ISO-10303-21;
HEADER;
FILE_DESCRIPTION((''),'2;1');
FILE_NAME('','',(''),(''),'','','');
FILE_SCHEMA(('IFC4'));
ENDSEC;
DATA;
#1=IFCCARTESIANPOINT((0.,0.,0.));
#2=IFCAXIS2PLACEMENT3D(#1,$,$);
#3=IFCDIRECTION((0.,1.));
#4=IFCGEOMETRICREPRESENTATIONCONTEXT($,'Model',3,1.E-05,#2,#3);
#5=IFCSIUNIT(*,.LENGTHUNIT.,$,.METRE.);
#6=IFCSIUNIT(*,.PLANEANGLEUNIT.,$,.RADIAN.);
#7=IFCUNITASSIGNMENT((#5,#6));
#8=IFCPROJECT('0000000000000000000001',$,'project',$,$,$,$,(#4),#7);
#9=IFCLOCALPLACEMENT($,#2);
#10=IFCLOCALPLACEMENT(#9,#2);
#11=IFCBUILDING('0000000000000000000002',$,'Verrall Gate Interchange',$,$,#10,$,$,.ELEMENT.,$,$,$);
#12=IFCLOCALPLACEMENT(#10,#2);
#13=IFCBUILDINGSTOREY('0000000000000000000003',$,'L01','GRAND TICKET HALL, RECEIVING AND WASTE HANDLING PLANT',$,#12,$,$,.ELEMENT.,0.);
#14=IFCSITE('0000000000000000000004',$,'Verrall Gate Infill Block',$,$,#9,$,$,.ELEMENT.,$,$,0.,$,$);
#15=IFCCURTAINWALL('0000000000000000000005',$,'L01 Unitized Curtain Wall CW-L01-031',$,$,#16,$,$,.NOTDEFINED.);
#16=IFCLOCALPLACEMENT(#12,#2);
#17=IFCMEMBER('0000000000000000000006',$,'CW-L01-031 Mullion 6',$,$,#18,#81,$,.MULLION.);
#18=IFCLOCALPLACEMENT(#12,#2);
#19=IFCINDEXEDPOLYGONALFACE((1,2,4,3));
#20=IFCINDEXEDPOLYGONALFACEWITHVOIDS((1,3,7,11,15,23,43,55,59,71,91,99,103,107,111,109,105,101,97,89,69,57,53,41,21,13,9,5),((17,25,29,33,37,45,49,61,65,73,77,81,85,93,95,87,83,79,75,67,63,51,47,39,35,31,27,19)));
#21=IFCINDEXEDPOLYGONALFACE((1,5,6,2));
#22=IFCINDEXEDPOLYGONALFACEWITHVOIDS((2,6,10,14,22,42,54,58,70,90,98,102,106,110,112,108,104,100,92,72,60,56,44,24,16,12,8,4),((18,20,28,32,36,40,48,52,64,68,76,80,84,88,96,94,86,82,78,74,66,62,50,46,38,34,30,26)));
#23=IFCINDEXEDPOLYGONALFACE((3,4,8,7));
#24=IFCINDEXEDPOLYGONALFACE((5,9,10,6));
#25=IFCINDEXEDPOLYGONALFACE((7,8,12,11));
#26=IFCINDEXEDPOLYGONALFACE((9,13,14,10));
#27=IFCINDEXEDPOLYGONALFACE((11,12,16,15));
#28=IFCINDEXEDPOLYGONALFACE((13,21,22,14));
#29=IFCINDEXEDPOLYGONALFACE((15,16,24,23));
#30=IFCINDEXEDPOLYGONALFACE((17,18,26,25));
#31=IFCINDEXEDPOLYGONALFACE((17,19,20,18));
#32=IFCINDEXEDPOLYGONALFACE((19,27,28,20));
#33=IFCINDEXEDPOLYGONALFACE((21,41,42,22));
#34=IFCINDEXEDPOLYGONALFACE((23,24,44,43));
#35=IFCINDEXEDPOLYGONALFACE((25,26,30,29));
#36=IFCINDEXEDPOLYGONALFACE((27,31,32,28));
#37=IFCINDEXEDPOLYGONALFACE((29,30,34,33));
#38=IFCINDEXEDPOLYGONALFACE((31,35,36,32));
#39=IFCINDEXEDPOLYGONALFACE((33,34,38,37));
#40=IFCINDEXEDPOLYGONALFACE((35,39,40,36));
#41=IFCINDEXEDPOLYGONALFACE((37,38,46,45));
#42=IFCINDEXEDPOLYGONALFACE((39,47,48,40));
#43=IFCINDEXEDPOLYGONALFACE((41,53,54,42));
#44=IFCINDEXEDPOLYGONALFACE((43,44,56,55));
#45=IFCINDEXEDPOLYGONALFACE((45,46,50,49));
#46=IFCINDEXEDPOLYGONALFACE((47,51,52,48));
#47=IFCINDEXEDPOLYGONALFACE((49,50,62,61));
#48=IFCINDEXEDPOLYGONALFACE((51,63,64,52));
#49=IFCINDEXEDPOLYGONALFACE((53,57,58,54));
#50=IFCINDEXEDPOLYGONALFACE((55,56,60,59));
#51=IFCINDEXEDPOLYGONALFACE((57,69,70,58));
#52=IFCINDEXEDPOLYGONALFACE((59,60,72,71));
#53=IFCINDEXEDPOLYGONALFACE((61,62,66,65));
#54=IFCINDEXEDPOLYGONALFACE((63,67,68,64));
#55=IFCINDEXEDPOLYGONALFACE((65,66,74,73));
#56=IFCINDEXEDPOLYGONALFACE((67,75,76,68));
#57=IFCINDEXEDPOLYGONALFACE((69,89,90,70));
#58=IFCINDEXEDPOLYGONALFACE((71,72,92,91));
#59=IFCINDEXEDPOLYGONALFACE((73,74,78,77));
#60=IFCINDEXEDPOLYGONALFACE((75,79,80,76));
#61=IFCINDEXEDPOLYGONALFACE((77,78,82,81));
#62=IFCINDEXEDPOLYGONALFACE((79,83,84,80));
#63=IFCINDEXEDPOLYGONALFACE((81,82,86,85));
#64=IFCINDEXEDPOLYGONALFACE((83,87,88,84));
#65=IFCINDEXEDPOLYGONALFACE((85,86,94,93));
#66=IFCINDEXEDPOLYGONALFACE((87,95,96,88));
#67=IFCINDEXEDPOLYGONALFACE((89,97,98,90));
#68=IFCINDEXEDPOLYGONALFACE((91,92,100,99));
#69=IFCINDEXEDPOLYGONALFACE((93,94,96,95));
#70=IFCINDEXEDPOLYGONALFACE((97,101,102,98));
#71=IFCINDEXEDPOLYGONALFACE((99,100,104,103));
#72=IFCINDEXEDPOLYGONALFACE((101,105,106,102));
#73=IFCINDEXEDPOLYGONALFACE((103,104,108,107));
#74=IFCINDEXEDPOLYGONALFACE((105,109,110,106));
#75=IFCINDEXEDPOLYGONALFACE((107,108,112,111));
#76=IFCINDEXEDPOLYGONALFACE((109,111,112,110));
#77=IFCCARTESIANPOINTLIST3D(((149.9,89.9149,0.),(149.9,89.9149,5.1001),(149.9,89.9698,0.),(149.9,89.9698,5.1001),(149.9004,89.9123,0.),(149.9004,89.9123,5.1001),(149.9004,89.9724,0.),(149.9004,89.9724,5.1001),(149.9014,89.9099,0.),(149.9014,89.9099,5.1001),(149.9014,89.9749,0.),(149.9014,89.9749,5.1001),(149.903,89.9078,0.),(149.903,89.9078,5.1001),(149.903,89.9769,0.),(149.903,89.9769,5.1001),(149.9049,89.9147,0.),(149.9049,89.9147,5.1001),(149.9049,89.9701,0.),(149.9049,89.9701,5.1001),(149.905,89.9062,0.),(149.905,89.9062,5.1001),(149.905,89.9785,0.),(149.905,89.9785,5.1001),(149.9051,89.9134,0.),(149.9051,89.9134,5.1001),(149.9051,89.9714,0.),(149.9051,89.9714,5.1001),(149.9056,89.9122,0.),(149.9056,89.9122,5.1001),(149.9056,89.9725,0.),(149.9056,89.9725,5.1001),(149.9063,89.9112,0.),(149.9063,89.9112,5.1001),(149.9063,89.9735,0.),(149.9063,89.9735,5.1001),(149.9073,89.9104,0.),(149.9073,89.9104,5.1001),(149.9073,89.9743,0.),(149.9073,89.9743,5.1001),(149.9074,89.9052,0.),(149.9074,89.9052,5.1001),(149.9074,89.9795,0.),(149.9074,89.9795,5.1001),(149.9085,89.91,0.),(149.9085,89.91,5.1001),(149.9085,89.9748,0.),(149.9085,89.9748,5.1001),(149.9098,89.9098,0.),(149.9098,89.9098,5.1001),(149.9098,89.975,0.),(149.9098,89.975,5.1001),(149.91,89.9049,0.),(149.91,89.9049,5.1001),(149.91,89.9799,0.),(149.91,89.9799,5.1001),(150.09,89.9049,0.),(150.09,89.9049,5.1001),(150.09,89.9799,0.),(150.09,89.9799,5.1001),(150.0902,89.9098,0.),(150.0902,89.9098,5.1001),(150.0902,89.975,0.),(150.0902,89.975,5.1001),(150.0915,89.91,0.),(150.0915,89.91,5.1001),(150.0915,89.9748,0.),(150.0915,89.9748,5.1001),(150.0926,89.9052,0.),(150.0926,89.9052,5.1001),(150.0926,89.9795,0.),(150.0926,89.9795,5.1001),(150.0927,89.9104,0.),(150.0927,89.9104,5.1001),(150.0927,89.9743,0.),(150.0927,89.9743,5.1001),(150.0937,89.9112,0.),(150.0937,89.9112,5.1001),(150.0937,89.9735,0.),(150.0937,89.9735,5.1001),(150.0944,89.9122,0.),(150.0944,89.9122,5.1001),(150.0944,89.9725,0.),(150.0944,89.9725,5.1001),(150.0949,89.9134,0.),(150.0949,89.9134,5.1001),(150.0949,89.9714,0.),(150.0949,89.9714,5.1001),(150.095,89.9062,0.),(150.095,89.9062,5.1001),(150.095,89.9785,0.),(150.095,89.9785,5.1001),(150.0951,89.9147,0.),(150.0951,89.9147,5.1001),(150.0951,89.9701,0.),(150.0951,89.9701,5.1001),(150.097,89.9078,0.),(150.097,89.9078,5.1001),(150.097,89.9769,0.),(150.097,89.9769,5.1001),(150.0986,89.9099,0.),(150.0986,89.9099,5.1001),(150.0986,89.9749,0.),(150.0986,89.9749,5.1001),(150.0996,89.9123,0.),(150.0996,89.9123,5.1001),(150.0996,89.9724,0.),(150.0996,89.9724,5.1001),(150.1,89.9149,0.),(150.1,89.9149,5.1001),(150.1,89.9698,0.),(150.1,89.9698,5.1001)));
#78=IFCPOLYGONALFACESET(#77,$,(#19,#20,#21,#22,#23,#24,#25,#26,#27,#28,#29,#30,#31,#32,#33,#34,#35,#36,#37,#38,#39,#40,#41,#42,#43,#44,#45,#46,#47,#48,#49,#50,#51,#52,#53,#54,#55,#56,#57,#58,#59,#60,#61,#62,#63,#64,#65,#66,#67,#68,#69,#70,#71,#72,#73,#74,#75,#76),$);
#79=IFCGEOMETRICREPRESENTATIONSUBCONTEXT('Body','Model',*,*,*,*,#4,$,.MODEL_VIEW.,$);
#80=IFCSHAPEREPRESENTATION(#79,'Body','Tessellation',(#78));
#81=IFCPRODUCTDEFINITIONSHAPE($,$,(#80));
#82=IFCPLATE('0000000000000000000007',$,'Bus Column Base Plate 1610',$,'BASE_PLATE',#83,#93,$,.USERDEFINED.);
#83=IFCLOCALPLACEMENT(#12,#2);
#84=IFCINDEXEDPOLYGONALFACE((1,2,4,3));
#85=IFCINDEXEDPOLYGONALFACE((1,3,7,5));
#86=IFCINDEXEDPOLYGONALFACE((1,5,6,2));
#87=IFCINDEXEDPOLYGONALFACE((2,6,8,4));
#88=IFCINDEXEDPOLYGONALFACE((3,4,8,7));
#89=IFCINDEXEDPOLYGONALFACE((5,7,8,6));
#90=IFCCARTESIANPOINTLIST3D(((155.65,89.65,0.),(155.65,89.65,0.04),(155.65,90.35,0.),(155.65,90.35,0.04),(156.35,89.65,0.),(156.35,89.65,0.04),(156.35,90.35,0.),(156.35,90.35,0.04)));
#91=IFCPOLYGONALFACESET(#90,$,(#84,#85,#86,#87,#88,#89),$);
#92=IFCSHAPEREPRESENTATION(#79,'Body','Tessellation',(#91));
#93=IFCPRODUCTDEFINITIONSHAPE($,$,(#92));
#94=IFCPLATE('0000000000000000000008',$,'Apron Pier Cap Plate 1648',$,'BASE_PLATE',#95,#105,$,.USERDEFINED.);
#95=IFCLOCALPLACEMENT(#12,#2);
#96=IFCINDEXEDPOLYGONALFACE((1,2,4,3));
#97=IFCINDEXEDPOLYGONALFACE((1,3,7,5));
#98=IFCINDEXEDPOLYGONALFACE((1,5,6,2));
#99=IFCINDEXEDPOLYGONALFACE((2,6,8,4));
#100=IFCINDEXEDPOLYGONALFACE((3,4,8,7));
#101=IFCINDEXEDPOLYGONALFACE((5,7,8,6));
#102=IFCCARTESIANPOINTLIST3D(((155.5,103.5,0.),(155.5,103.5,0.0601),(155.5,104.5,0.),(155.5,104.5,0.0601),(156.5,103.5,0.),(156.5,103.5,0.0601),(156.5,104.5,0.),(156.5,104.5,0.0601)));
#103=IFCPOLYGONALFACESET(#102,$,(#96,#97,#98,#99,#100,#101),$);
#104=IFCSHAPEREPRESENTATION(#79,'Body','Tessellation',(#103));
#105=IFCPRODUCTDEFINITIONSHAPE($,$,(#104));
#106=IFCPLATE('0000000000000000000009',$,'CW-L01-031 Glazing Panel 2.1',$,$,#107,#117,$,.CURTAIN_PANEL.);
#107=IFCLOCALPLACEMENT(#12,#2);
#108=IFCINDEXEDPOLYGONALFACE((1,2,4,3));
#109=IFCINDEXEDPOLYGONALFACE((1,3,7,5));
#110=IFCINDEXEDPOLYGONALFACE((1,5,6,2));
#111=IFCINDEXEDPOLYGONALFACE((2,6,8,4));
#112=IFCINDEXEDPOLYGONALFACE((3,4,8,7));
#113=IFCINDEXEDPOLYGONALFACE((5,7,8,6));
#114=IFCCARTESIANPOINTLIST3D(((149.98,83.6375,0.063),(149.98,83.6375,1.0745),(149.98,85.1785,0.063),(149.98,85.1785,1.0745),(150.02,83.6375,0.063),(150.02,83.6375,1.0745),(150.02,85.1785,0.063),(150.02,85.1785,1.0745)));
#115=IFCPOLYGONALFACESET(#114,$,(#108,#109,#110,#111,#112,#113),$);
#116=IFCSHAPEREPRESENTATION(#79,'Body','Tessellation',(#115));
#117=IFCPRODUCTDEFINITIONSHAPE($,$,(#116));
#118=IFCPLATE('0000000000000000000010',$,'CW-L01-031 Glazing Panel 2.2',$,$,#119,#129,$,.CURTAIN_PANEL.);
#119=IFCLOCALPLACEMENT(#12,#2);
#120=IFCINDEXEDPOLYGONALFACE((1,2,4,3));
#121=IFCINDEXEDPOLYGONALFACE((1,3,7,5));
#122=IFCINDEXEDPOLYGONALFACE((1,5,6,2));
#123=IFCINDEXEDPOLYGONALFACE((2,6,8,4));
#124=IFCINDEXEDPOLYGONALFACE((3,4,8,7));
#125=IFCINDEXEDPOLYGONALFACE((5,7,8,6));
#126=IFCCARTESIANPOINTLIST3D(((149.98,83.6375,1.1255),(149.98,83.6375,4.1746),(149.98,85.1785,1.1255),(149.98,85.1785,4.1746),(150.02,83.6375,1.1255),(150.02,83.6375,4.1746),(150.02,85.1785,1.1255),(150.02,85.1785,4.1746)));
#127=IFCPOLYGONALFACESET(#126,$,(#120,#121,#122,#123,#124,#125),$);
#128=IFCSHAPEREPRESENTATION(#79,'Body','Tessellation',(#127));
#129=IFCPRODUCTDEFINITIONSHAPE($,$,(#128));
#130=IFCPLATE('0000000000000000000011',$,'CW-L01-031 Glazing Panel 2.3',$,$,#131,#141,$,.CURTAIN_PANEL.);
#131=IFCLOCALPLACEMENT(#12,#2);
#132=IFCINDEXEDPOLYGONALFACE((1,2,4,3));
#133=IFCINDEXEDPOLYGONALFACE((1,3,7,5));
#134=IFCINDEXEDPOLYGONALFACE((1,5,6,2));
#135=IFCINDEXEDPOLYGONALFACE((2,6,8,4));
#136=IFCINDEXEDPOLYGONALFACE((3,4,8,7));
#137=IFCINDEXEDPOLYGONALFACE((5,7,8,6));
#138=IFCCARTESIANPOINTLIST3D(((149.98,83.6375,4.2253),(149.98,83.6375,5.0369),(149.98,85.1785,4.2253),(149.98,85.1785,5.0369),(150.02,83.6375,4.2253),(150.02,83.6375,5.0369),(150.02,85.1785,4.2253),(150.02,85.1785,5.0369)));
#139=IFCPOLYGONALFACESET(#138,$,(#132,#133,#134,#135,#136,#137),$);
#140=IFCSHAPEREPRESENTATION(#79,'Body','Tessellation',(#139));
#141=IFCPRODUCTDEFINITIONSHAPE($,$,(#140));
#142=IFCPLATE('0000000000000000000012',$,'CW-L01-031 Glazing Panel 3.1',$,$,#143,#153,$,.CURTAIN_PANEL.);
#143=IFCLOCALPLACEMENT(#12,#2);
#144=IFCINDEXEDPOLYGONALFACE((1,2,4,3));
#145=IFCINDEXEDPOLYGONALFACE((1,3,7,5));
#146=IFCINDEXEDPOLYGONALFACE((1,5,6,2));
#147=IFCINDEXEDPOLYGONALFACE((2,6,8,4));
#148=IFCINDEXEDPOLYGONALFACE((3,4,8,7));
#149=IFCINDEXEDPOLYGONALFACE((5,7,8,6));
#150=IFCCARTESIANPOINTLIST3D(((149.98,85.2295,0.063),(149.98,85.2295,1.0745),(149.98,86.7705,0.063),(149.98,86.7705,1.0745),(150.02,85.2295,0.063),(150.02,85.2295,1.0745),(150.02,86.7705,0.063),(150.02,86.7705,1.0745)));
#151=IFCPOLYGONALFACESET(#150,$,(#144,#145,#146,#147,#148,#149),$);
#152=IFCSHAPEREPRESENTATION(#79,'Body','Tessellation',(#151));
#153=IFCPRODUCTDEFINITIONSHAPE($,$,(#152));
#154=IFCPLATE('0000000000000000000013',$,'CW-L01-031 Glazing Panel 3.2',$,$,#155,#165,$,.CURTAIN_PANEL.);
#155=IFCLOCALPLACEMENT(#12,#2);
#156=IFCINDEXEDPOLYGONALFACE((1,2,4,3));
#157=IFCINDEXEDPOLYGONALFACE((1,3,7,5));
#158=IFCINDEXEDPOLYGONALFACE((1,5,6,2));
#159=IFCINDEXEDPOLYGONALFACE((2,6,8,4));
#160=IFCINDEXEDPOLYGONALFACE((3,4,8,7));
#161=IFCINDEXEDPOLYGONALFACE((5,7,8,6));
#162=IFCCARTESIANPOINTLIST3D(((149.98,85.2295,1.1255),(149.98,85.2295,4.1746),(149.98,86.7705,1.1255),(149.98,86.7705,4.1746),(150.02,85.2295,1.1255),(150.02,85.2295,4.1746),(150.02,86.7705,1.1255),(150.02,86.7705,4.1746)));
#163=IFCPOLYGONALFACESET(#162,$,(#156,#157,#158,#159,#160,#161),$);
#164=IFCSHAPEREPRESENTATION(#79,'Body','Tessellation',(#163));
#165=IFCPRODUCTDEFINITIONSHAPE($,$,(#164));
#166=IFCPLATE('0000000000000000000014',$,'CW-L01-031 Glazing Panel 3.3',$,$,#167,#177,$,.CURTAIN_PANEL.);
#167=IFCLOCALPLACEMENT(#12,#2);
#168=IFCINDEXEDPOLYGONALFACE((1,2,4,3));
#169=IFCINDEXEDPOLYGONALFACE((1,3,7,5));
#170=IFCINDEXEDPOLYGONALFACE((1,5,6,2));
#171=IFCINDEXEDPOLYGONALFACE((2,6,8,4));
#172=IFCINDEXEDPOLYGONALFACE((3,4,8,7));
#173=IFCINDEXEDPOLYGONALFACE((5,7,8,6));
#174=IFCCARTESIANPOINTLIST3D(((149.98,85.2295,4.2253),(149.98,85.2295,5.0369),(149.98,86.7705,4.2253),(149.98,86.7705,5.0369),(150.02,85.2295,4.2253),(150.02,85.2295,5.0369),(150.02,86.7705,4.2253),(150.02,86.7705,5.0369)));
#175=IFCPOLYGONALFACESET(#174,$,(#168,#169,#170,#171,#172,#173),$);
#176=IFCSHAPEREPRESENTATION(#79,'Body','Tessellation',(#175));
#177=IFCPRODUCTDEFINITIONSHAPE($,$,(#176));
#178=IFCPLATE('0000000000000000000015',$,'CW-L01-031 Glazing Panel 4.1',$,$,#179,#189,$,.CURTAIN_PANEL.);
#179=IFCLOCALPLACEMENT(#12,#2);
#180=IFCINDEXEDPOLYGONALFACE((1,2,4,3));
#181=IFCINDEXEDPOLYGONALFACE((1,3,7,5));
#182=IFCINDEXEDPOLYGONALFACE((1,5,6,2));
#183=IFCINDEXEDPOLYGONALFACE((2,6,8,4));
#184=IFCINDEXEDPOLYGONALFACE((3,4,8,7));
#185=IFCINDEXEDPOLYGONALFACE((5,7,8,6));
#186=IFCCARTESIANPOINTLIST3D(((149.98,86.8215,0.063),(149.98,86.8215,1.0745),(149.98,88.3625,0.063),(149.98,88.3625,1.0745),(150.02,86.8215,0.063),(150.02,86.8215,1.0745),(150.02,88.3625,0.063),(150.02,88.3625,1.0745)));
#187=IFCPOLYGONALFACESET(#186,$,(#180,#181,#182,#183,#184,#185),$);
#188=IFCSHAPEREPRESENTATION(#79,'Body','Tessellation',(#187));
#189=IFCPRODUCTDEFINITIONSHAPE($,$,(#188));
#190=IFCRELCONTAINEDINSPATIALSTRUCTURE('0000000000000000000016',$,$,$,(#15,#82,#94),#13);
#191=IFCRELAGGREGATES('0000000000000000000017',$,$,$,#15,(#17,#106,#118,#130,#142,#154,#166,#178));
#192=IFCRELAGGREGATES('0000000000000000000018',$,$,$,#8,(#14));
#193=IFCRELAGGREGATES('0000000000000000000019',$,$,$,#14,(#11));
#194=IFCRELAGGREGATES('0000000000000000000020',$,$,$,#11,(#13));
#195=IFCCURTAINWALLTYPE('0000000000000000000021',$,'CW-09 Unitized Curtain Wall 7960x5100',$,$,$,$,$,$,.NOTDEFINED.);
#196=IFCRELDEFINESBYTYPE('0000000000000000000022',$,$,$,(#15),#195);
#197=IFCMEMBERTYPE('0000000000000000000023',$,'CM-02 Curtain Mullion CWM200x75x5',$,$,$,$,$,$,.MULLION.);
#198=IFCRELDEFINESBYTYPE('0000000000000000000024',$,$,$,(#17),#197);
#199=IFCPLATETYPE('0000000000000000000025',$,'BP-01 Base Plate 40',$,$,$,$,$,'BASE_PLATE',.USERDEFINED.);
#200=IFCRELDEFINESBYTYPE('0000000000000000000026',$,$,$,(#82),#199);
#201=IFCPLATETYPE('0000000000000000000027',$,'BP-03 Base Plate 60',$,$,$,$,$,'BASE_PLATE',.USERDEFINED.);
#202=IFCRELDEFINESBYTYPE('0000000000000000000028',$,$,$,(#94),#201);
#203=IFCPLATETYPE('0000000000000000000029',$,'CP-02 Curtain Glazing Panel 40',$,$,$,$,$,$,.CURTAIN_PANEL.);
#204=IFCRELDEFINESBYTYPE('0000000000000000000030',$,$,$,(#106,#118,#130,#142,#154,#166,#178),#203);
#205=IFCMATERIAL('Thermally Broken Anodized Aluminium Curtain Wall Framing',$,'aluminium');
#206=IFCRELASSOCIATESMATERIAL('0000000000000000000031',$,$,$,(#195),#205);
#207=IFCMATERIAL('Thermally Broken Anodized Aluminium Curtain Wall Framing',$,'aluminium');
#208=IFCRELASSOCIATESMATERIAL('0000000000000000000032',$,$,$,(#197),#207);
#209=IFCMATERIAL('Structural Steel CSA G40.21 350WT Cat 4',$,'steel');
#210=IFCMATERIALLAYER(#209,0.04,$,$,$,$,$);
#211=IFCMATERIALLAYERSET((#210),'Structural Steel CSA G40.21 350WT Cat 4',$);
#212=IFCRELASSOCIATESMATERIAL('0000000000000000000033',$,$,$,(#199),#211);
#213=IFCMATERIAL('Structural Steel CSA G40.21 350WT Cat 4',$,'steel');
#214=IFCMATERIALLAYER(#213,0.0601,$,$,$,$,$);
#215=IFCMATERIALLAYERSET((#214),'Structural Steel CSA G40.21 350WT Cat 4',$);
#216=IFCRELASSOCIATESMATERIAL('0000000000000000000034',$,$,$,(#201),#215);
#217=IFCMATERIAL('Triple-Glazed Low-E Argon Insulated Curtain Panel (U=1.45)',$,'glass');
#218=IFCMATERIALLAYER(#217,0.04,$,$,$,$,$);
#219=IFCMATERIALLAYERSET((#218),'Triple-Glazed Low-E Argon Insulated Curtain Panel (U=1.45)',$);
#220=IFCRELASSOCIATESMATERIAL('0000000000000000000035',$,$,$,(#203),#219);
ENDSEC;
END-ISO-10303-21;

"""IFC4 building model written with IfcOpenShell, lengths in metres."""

from ifc_helpers import new_model, si_unit, direction, frame, origin, origin_2d, place, context, subcontext, project, spatial, rectangle, hollow_rectangle, extrude, material, layer, layer_set, material_profile, profile_set, type_object, element, aggregate, save


model = new_model("IFC4")

# Units and contexts
model_context = context("Model", 3, precision=1e-05, world=origin(), true_north=direction((0.0, 1.0)))
body_context = subcontext(model_context, "Body", "Model", "MODEL_VIEW")
ifc_project = project(units=[si_unit("LENGTHUNIT", "METRE"), si_unit("PLANEANGLEUNIT", "RADIAN")], contexts=[model_context])

# Site, building, storey
site_placement = place(None, origin())
site = spatial("IfcSite", under=ifc_project, at=site_placement, Name="Verrall Gate Infill Block", CompositionType="ELEMENT", RefElevation=0.0)
building_placement = place(site_placement, origin())
building = spatial("IfcBuilding", under=site, at=building_placement, Name="Verrall Gate Interchange", CompositionType="ELEMENT")
storey_placement = place(building_placement, origin())
storey = spatial("IfcBuildingStorey", under=building, at=storey_placement, Name="L01", Description="GRAND TICKET HALL, RECEIVING AND WASTE HANDLING PLANT", CompositionType="ELEMENT", Elevation=0.0)

# Curtain wall, member
ifc_material_1 = material(Name="Thermally Broken Anodized Aluminium Curtain Wall Framing", Category="aluminium")
curtain_wall_type = type_object("IfcCurtainWallType", Name="CW-09 Unitized Curtain Wall 7960x5100", PredefinedType="NOTDEFINED", material=ifc_material_1)
curtain_wall_placement = place(storey_placement, origin())
curtain_wall = element("IfcCurtainWall", 1, at=curtain_wall_placement, inside=storey, type_object=curtain_wall_type, Name="L01 Unitized Curtain Wall CW-L01-031", PredefinedType="NOTDEFINED")
ifc_material_2 = material(Name="Thermally Broken Anodized Aluminium Curtain Wall Framing", Category="aluminium")
ifc_material_profile_1 = material_profile(ifc_material_2, hollow_rectangle(XDim=0.075, YDim=0.2, WallThickness=0.0049, InnerFilletRadius=0.0049, OuterFilletRadius=0.01, at=origin_2d()), Name="CWM200x75x5")
ifc_profile_set_1 = profile_set([ifc_material_profile_1], Name="Thermally Broken Anodized Aluminium Curtain Wall Framing")
member_type = type_object("IfcMemberType", Name="CM-02 Curtain Mullion CWM200x75x5", PredefinedType="MULLION", material=ifc_profile_set_1)
member_1_placement = place(storey_placement, frame((150.0, 89.9424, 0.0), z_axis=(0.0, 0.0, 1.0), x_axis=(0.0, 1.0, 0.0)))
member_1 = element("IfcMember", 2, at=member_1_placement, type_object=member_type, Name="CW-L01-031 Mullion 6", PredefinedType="MULLION", context=body_context, shape_type="SweptSolid", body=[
    extrude(hollow_rectangle(XDim=0.075, YDim=0.2, WallThickness=0.0049, InnerFilletRadius=0.0049, OuterFilletRadius=0.01, at=origin_2d()), origin(), (0.0, 0.0, 1.0), 5.1001),
])

# Plates
ifc_material_3 = material(Name="Structural Steel CSA G40.21 350WT Cat 4", Category="steel")
ifc_layer_1 = layer(ifc_material_3, 0.04)
ifc_layer_set_1 = layer_set([ifc_layer_1], Name="Structural Steel CSA G40.21 350WT Cat 4")
plate_type_1 = type_object("IfcPlateType", Name="BP-01 Base Plate 40", ElementType="BASE_PLATE", PredefinedType="USERDEFINED", material=ifc_layer_set_1)
plate_1_placement = place(storey_placement, frame((156.0, 90.0, 0.0), z_axis=(0.0, 0.0, 1.0), x_axis=(1.0, 0.0, 0.0)))
element("IfcPlate", 3, at=plate_1_placement, inside=storey, type_object=plate_type_1, Name="Bus Column Base Plate 1610", ObjectType="BASE_PLATE", PredefinedType="USERDEFINED", context=body_context, shape_type="SweptSolid", body=[
    extrude(rectangle(XDim=0.7, YDim=0.7, at=origin_2d()), origin(), (0.0, 0.0, 1.0), 0.04),
])
ifc_material_4 = material(Name="Structural Steel CSA G40.21 350WT Cat 4", Category="steel")
ifc_layer_2 = layer(ifc_material_4, 0.0601)
ifc_layer_set_2 = layer_set([ifc_layer_2], Name="Structural Steel CSA G40.21 350WT Cat 4")
plate_type_2 = type_object("IfcPlateType", Name="BP-03 Base Plate 60", ElementType="BASE_PLATE", PredefinedType="USERDEFINED", material=ifc_layer_set_2)
plate_2_placement = place(storey_placement, frame((156.0, 104.0, 0.0), z_axis=(0.0, 0.0, 1.0), x_axis=(1.0, 0.0, 0.0)))
element("IfcPlate", 4, at=plate_2_placement, inside=storey, type_object=plate_type_2, Name="Apron Pier Cap Plate 1648", ObjectType="BASE_PLATE", PredefinedType="USERDEFINED", context=body_context, shape_type="SweptSolid", body=[
    extrude(rectangle(XDim=1.0, YDim=1.0, at=origin_2d()), origin(), (0.0, 0.0, 1.0), 0.0601),
])

# Plates
ifc_material_5 = material(Name="Triple-Glazed Low-E Argon Insulated Curtain Panel (U=1.45)", Category="glass")
ifc_layer_3 = layer(ifc_material_5, 0.04)
ifc_layer_set_3 = layer_set([ifc_layer_3], Name="Triple-Glazed Low-E Argon Insulated Curtain Panel (U=1.45)")
plate_type_3 = type_object("IfcPlateType", Name="CP-02 Curtain Glazing Panel 40", PredefinedType="CURTAIN_PANEL", material=ifc_layer_set_3)
plate_3_placement = place(storey_placement, frame((150.0, 84.408, 0.063), z_axis=(0.0, 0.0, 1.0), x_axis=(0.0, 1.0, 0.0)))
plate_3 = element("IfcPlate", 5, at=plate_3_placement, type_object=plate_type_3, Name="CW-L01-031 Glazing Panel 2.1", PredefinedType="CURTAIN_PANEL", context=body_context, shape_type="SweptSolid", body=[
    extrude(rectangle(XDim=1.541, YDim=0.04, at=origin_2d()), origin(), (0.0, 0.0, 1.0), 1.0115),
])
plate_4_placement = place(storey_placement, frame((150.0, 84.408, 1.1255), z_axis=(0.0, 0.0, 1.0), x_axis=(0.0, 1.0, 0.0)))
plate_4 = element("IfcPlate", 6, at=plate_4_placement, type_object=plate_type_3, Name="CW-L01-031 Glazing Panel 2.2", PredefinedType="CURTAIN_PANEL", context=body_context, shape_type="SweptSolid", body=[
    extrude(rectangle(XDim=1.541, YDim=0.04, at=origin_2d()), origin(), (0.0, 0.0, 1.0), 3.0491),
])
plate_5_placement = place(storey_placement, frame((150.0, 84.408, 4.2253), z_axis=(0.0, 0.0, 1.0), x_axis=(0.0, 1.0, 0.0)))
plate_5 = element("IfcPlate", 7, at=plate_5_placement, type_object=plate_type_3, Name="CW-L01-031 Glazing Panel 2.3", PredefinedType="CURTAIN_PANEL", context=body_context, shape_type="SweptSolid", body=[
    extrude(rectangle(XDim=1.541, YDim=0.04, at=origin_2d()), origin(), (0.0, 0.0, 1.0), 0.8115),
])
plate_6_placement = place(storey_placement, frame((150.0, 86.0, 0.063), z_axis=(0.0, 0.0, 1.0), x_axis=(0.0, 1.0, 0.0)))
plate_6 = element("IfcPlate", 8, at=plate_6_placement, type_object=plate_type_3, Name="CW-L01-031 Glazing Panel 3.1", PredefinedType="CURTAIN_PANEL", context=body_context, shape_type="SweptSolid", body=[
    extrude(rectangle(XDim=1.541, YDim=0.04, at=origin_2d()), origin(), (0.0, 0.0, 1.0), 1.0115),
])
plate_7_placement = place(storey_placement, frame((150.0, 86.0, 1.1255), z_axis=(0.0, 0.0, 1.0), x_axis=(0.0, 1.0, 0.0)))
plate_7 = element("IfcPlate", 9, at=plate_7_placement, type_object=plate_type_3, Name="CW-L01-031 Glazing Panel 3.2", PredefinedType="CURTAIN_PANEL", context=body_context, shape_type="SweptSolid", body=[
    extrude(rectangle(XDim=1.541, YDim=0.04, at=origin_2d()), origin(), (0.0, 0.0, 1.0), 3.0491),
])
plate_8_placement = place(storey_placement, frame((150.0, 86.0, 4.2253), z_axis=(0.0, 0.0, 1.0), x_axis=(0.0, 1.0, 0.0)))
plate_8 = element("IfcPlate", 10, at=plate_8_placement, type_object=plate_type_3, Name="CW-L01-031 Glazing Panel 3.3", PredefinedType="CURTAIN_PANEL", context=body_context, shape_type="SweptSolid", body=[
    extrude(rectangle(XDim=1.541, YDim=0.04, at=origin_2d()), origin(), (0.0, 0.0, 1.0), 0.8115),
])
plate_9_placement = place(storey_placement, frame((150.0, 87.592, 0.063), z_axis=(0.0, 0.0, 1.0), x_axis=(0.0, 1.0, 0.0)))
plate_9 = element("IfcPlate", 11, at=plate_9_placement, type_object=plate_type_3, Name="CW-L01-031 Glazing Panel 4.1", PredefinedType="CURTAIN_PANEL", context=body_context, shape_type="SweptSolid", body=[
    extrude(rectangle(XDim=1.541, YDim=0.04, at=origin_2d()), origin(), (0.0, 0.0, 1.0), 1.0115),
])
aggregate(curtain_wall, [member_1, plate_3, plate_4, plate_5, plate_6, plate_7, plate_8, plate_9])

save(model, "model.ifc")
